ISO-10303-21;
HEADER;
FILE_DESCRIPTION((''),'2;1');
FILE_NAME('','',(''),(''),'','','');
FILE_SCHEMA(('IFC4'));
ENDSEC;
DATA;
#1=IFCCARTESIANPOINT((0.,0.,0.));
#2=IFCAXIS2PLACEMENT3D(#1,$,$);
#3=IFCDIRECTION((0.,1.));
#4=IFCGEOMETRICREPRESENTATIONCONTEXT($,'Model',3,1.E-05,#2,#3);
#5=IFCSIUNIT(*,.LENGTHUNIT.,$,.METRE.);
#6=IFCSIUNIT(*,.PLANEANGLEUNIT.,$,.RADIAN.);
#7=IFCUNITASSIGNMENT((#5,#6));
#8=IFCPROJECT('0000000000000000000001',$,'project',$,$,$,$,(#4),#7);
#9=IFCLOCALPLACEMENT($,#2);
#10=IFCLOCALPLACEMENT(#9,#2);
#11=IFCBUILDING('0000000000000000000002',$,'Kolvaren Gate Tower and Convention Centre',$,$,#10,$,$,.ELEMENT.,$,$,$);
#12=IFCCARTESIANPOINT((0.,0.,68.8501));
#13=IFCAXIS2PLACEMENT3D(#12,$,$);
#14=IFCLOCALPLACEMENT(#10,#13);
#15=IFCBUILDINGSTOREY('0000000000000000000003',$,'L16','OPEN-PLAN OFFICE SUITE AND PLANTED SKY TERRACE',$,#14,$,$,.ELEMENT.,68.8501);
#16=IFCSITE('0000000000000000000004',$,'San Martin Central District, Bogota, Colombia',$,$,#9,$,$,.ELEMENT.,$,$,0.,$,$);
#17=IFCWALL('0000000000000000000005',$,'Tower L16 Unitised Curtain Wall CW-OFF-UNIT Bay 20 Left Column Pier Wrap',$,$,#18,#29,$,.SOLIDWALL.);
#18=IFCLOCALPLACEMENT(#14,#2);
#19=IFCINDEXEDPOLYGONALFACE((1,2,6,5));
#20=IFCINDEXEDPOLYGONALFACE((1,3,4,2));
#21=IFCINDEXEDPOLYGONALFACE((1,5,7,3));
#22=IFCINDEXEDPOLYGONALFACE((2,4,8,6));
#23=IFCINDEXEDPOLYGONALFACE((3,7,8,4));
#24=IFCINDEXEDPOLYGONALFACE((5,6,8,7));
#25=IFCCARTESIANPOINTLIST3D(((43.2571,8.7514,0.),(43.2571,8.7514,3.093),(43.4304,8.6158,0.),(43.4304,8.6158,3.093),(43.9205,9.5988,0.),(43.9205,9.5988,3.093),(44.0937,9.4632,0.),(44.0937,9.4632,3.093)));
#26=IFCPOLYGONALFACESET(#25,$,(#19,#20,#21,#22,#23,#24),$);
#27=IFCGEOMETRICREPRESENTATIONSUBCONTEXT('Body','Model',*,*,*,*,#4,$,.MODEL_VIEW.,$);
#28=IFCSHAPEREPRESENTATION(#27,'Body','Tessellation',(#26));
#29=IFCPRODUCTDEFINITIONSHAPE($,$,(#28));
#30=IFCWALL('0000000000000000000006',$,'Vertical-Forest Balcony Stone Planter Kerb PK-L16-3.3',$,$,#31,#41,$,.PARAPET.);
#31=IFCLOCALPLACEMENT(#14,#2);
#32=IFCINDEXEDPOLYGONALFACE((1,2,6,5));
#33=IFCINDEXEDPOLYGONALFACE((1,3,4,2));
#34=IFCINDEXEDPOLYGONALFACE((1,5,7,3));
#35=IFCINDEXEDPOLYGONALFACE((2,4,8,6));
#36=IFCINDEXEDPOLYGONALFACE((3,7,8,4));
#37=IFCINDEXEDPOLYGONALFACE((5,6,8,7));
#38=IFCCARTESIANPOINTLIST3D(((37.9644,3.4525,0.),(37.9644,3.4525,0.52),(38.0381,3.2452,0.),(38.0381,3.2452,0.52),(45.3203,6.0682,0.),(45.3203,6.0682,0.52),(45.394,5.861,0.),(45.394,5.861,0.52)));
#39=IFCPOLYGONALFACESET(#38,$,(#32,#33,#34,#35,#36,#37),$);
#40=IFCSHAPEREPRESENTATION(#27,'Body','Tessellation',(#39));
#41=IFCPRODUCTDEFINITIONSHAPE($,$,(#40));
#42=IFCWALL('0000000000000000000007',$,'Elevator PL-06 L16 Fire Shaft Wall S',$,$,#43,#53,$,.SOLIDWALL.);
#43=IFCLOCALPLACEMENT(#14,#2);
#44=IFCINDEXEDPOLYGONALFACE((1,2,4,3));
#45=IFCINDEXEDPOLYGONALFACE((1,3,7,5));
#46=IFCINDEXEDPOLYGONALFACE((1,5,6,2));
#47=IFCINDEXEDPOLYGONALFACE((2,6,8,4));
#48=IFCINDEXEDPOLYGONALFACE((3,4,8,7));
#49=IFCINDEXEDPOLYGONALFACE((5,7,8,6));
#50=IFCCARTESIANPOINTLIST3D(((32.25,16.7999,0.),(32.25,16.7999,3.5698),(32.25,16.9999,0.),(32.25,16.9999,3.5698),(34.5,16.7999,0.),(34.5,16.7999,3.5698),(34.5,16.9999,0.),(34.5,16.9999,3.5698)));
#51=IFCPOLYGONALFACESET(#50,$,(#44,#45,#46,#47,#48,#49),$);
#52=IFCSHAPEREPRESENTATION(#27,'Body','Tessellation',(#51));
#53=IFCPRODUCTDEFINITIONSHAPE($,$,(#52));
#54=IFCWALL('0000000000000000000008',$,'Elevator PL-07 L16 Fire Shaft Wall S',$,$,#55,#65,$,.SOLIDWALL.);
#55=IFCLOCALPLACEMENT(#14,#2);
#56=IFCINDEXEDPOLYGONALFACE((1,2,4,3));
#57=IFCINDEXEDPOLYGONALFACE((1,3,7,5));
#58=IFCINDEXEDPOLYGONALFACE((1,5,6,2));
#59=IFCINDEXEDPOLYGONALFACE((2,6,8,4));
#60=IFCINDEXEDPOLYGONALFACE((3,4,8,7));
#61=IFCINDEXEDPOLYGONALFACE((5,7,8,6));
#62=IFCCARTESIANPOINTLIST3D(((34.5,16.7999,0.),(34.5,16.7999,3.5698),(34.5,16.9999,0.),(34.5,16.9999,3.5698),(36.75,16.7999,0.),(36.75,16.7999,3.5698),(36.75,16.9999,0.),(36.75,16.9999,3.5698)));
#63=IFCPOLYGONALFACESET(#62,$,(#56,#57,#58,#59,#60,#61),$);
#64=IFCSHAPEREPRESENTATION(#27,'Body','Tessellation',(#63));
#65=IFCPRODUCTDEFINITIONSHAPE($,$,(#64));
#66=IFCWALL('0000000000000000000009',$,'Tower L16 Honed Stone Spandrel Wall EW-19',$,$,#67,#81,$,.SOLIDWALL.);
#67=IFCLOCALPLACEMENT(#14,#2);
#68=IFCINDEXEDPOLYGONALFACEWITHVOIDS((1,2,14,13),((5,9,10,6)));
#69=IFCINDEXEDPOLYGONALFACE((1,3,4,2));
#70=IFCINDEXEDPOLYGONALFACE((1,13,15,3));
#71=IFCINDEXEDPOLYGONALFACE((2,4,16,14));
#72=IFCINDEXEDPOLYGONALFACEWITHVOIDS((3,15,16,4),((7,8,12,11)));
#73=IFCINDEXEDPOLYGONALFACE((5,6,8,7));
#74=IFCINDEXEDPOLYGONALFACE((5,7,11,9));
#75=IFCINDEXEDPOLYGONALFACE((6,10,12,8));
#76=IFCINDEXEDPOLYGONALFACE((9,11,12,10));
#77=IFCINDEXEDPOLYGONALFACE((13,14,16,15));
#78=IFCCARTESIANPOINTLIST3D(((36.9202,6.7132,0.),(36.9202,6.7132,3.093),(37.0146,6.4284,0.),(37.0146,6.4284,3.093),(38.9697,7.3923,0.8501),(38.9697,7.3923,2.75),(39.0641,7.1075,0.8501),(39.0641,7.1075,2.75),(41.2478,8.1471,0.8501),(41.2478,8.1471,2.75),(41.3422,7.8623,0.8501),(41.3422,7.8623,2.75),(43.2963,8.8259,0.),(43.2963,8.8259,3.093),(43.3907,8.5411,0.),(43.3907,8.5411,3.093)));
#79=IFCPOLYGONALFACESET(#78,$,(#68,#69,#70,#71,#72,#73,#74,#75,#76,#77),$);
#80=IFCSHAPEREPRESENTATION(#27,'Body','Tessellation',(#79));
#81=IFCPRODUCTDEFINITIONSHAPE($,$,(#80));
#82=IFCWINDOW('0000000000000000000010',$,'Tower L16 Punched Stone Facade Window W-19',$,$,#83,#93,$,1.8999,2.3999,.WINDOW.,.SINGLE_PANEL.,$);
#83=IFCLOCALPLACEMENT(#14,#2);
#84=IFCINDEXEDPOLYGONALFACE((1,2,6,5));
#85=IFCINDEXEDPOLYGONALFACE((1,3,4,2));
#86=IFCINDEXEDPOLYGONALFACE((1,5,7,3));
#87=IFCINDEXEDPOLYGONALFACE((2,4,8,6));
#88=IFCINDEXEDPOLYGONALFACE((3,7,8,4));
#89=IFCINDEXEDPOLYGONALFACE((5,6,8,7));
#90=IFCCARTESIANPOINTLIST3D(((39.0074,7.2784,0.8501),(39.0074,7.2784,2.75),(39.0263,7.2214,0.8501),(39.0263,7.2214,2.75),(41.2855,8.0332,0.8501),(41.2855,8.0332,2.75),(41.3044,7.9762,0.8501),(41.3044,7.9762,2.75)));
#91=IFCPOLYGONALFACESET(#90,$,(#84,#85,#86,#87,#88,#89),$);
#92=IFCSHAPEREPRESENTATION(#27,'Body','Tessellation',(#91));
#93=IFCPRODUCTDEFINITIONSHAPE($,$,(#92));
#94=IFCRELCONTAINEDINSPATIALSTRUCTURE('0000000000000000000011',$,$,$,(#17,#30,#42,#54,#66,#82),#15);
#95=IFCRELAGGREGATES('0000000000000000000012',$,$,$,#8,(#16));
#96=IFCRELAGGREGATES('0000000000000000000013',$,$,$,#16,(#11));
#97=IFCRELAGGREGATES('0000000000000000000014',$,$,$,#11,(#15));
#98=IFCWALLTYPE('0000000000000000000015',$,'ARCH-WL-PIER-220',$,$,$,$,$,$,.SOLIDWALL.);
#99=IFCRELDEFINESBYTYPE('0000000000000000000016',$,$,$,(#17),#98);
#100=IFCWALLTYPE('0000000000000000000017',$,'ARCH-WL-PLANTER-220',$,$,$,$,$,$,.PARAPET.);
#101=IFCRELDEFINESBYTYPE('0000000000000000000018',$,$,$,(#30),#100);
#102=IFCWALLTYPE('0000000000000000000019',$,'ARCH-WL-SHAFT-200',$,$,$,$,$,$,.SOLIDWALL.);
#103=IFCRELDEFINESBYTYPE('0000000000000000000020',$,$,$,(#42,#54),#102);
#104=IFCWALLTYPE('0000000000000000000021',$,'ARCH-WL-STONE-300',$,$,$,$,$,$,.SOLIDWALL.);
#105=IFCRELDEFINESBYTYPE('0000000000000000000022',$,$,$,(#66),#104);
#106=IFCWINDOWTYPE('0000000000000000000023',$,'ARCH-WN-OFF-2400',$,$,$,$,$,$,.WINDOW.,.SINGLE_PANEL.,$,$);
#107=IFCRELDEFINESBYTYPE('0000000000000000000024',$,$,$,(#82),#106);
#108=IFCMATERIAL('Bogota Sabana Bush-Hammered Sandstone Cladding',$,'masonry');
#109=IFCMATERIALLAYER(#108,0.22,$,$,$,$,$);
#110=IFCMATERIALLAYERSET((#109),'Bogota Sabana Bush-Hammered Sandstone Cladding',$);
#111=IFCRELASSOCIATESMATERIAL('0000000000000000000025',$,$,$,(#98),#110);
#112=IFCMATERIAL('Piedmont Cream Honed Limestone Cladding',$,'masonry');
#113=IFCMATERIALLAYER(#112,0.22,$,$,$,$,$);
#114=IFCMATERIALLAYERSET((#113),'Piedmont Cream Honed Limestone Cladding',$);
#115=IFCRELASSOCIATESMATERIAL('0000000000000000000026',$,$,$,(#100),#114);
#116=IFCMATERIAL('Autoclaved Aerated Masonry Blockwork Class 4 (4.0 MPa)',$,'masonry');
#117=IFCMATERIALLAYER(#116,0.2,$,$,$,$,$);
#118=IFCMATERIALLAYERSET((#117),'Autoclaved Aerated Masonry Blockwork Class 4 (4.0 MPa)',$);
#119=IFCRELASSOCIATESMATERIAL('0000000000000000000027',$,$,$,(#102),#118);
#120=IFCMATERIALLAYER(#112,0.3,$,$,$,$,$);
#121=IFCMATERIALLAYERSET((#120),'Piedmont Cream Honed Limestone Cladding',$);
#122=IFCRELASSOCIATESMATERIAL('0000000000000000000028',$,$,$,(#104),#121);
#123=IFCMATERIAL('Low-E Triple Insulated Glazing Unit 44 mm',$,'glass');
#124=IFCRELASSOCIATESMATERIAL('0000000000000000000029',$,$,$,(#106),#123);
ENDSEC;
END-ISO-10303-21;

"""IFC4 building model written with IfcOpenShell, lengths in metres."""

from ifc_helpers import new_model, si_unit, direction, frame, frame_2d, origin, place, context, subcontext, project, spatial, rectangle, extrude, material, layer, layer_set, type_object, element, fill, save


model = new_model("IFC4")

# Units and contexts
model_context = context("Model", 3, precision=1e-05, world=origin(), true_north=direction((0.0, 1.0)))
body_context = subcontext(model_context, "Body", "Model", "MODEL_VIEW")
ifc_project = project(units=[si_unit("LENGTHUNIT", "METRE"), si_unit("PLANEANGLEUNIT", "RADIAN")], contexts=[model_context])

# Site, building, storey
site_placement = place(None, origin())
site = spatial("IfcSite", under=ifc_project, at=site_placement, Name="San Martin Central District, Bogota, Colombia", CompositionType="ELEMENT", RefElevation=0.0)
building_placement = place(site_placement, origin())
building = spatial("IfcBuilding", under=site, at=building_placement, Name="Kolvaren Gate Tower and Convention Centre", CompositionType="ELEMENT")
storey_placement = place(building_placement, frame((0.0, 0.0, 68.8501)))
storey = spatial("IfcBuildingStorey", under=building, at=storey_placement, Name="L16", Description="OPEN-PLAN OFFICE SUITE AND PLANTED SKY TERRACE", CompositionType="ELEMENT", Elevation=68.8501)

# Shared definitions
ifc_material_1 = material(Name="Low-E Triple Insulated Glazing Unit 44 mm", Category="glass")

# Walls
ifc_material_2 = material(Name="Bogota Sabana Bush-Hammered Sandstone Cladding", Category="masonry")
ifc_layer_1 = layer(ifc_material_2, 0.22)
ifc_layer_set_1 = layer_set([ifc_layer_1], Name="Bogota Sabana Bush-Hammered Sandstone Cladding")
wall_type_1 = type_object("IfcWallType", Name="ARCH-WL-PIER-220", PredefinedType="SOLIDWALL", material=ifc_layer_set_1)
wall_1_placement = place(storey_placement, frame((43.3438, 8.6836, 0.0), z_axis=(0.0, 0.0, 1.0), x_axis=(0.616388, 0.787443, 0.0)))
element("IfcWall", 1, at=wall_1_placement, inside=storey, type_object=wall_type_1, Name="Tower L16 Unitised Curtain Wall CW-OFF-UNIT Bay 20 Left Column Pier Wrap", PredefinedType="SOLIDWALL", context=body_context, shape_type="SweptSolid", body=[
    extrude(rectangle(XDim=1.0762, YDim=0.22, at=frame_2d((0.5381, 0.0))), origin(), (0.0, 0.0, 1.0), 3.093),
])
ifc_material_3 = material(Name="Piedmont Cream Honed Limestone Cladding", Category="masonry")
ifc_layer_2 = layer(ifc_material_3, 0.22)
ifc_layer_set_2 = layer_set([ifc_layer_2], Name="Piedmont Cream Honed Limestone Cladding")
wall_type_2 = type_object("IfcWallType", Name="ARCH-WL-PLANTER-220", PredefinedType="PARAPET", material=ifc_layer_set_2)
wall_2_placement = place(storey_placement, frame((38.0012, 3.3489, 0.0), z_axis=(0.0, 0.0, 1.0), x_axis=(0.942204, 0.335041, 0.0)))
element("IfcWall", 2, at=wall_2_placement, inside=storey, type_object=wall_type_2, Name="Vertical-Forest Balcony Stone Planter Kerb PK-L16-3.3", PredefinedType="PARAPET", context=body_context, shape_type="SweptSolid", body=[
    extrude(rectangle(XDim=7.8071, YDim=0.22, at=frame_2d((3.9036, 0.0))), origin(), (0.0, 0.0, 1.0), 0.52),
])
ifc_material_4 = material(Name="Autoclaved Aerated Masonry Blockwork Class 4 (4.0 MPa)", Category="masonry")
ifc_layer_3 = layer(ifc_material_4, 0.2)
ifc_layer_set_3 = layer_set([ifc_layer_3], Name="Autoclaved Aerated Masonry Blockwork Class 4 (4.0 MPa)")
wall_type_3 = type_object("IfcWallType", Name="ARCH-WL-SHAFT-200", PredefinedType="SOLIDWALL", material=ifc_layer_set_3)
for number, where, z_axis, x_axis, name in (
    (3, (32.25, 16.8999, 0.0), (0.0, 0.0, 1.0), (1.0, 0.0, 0.0), "Elevator PL-06 L16 Fire Shaft Wall S"),
    (4, (34.5, 16.8999, 0.0), (0.0, 0.0, 1.0), (1.0, 0.0, 0.0), "Elevator PL-07 L16 Fire Shaft Wall S"),
):
    element("IfcWall", number, at=place(storey_placement, frame(where, z_axis=z_axis, x_axis=x_axis)), inside=storey, type_object=wall_type_3, Name=name, PredefinedType="SOLIDWALL", context=body_context, shape_type="SweptSolid", body=[
        extrude(rectangle(XDim=2.25, YDim=0.2, at=frame_2d((1.125, 0.0))), origin(), (0.0, 0.0, 1.0), 3.5698),
    ])

# Wall, opening, window
ifc_layer_4 = layer(ifc_material_3, 0.3)
ifc_layer_set_4 = layer_set([ifc_layer_4], Name="Piedmont Cream Honed Limestone Cladding")
wall_type_4 = type_object("IfcWallType", Name="ARCH-WL-STONE-300", PredefinedType="SOLIDWALL", material=ifc_layer_set_4)
wall_3_placement = place(storey_placement, frame((36.9675, 6.5708, 0.0), z_axis=(0.0, 0.0, 1.0), x_axis=(0.949245, 0.314537, 0.0)))
wall_3 = element("IfcWall", 5, at=wall_3_placement, inside=storey, type_object=wall_type_4, Name="Tower L16 Honed Stone Spandrel Wall EW-19", PredefinedType="SOLIDWALL", context=body_context, shape_type="SweptSolid", body=[
    extrude(rectangle(XDim=6.717, YDim=0.3, at=frame_2d((3.3584, 0.0))), origin(), (0.0, 0.0, 1.0), 3.093),
])
opening_1_placement = place(wall_3_placement, frame((2.1589, 0.0, 0.8501)))
opening_1 = element("IfcOpeningElement", 6, at=opening_1_placement, cuts=wall_3, PredefinedType="OPENING", context=body_context, shape_type="SweptSolid", body=[
    extrude(rectangle(XDim=2.3999, YDim=1.8999, at=frame_2d((1.2, 0.95))), frame((0.0, 0.1599, 0.0), z_axis=(0.0, -1.0, 0.0), x_axis=(1.0, 0.0, 0.0)), (0.0, 0.0, 1.0), 0.3201),
])
window_type = type_object("IfcWindowType", Name="ARCH-WN-OFF-2400", PartitioningType="SINGLE_PANEL", PredefinedType="WINDOW", material=ifc_material_1)
window_placement = place(opening_1_placement, origin())
window = element("IfcWindow", 7, at=window_placement, inside=storey, type_object=window_type, Name="Tower L16 Punched Stone Facade Window W-19", OverallHeight=1.8999, OverallWidth=2.3999, PartitioningType="SINGLE_PANEL", PredefinedType="WINDOW", context=body_context, shape_type="SweptSolid", body=[
    extrude(rectangle(XDim=2.3999, YDim=1.8999, at=frame_2d((1.2, 0.95))), frame((0.0, 0.03, 0.0), z_axis=(0.0, -1.0, 0.0), x_axis=(1.0, 0.0, 0.0)), (0.0, 0.0, 1.0), 0.0601),
])
fill(opening_1, window)

save(model, "model.ifc")
